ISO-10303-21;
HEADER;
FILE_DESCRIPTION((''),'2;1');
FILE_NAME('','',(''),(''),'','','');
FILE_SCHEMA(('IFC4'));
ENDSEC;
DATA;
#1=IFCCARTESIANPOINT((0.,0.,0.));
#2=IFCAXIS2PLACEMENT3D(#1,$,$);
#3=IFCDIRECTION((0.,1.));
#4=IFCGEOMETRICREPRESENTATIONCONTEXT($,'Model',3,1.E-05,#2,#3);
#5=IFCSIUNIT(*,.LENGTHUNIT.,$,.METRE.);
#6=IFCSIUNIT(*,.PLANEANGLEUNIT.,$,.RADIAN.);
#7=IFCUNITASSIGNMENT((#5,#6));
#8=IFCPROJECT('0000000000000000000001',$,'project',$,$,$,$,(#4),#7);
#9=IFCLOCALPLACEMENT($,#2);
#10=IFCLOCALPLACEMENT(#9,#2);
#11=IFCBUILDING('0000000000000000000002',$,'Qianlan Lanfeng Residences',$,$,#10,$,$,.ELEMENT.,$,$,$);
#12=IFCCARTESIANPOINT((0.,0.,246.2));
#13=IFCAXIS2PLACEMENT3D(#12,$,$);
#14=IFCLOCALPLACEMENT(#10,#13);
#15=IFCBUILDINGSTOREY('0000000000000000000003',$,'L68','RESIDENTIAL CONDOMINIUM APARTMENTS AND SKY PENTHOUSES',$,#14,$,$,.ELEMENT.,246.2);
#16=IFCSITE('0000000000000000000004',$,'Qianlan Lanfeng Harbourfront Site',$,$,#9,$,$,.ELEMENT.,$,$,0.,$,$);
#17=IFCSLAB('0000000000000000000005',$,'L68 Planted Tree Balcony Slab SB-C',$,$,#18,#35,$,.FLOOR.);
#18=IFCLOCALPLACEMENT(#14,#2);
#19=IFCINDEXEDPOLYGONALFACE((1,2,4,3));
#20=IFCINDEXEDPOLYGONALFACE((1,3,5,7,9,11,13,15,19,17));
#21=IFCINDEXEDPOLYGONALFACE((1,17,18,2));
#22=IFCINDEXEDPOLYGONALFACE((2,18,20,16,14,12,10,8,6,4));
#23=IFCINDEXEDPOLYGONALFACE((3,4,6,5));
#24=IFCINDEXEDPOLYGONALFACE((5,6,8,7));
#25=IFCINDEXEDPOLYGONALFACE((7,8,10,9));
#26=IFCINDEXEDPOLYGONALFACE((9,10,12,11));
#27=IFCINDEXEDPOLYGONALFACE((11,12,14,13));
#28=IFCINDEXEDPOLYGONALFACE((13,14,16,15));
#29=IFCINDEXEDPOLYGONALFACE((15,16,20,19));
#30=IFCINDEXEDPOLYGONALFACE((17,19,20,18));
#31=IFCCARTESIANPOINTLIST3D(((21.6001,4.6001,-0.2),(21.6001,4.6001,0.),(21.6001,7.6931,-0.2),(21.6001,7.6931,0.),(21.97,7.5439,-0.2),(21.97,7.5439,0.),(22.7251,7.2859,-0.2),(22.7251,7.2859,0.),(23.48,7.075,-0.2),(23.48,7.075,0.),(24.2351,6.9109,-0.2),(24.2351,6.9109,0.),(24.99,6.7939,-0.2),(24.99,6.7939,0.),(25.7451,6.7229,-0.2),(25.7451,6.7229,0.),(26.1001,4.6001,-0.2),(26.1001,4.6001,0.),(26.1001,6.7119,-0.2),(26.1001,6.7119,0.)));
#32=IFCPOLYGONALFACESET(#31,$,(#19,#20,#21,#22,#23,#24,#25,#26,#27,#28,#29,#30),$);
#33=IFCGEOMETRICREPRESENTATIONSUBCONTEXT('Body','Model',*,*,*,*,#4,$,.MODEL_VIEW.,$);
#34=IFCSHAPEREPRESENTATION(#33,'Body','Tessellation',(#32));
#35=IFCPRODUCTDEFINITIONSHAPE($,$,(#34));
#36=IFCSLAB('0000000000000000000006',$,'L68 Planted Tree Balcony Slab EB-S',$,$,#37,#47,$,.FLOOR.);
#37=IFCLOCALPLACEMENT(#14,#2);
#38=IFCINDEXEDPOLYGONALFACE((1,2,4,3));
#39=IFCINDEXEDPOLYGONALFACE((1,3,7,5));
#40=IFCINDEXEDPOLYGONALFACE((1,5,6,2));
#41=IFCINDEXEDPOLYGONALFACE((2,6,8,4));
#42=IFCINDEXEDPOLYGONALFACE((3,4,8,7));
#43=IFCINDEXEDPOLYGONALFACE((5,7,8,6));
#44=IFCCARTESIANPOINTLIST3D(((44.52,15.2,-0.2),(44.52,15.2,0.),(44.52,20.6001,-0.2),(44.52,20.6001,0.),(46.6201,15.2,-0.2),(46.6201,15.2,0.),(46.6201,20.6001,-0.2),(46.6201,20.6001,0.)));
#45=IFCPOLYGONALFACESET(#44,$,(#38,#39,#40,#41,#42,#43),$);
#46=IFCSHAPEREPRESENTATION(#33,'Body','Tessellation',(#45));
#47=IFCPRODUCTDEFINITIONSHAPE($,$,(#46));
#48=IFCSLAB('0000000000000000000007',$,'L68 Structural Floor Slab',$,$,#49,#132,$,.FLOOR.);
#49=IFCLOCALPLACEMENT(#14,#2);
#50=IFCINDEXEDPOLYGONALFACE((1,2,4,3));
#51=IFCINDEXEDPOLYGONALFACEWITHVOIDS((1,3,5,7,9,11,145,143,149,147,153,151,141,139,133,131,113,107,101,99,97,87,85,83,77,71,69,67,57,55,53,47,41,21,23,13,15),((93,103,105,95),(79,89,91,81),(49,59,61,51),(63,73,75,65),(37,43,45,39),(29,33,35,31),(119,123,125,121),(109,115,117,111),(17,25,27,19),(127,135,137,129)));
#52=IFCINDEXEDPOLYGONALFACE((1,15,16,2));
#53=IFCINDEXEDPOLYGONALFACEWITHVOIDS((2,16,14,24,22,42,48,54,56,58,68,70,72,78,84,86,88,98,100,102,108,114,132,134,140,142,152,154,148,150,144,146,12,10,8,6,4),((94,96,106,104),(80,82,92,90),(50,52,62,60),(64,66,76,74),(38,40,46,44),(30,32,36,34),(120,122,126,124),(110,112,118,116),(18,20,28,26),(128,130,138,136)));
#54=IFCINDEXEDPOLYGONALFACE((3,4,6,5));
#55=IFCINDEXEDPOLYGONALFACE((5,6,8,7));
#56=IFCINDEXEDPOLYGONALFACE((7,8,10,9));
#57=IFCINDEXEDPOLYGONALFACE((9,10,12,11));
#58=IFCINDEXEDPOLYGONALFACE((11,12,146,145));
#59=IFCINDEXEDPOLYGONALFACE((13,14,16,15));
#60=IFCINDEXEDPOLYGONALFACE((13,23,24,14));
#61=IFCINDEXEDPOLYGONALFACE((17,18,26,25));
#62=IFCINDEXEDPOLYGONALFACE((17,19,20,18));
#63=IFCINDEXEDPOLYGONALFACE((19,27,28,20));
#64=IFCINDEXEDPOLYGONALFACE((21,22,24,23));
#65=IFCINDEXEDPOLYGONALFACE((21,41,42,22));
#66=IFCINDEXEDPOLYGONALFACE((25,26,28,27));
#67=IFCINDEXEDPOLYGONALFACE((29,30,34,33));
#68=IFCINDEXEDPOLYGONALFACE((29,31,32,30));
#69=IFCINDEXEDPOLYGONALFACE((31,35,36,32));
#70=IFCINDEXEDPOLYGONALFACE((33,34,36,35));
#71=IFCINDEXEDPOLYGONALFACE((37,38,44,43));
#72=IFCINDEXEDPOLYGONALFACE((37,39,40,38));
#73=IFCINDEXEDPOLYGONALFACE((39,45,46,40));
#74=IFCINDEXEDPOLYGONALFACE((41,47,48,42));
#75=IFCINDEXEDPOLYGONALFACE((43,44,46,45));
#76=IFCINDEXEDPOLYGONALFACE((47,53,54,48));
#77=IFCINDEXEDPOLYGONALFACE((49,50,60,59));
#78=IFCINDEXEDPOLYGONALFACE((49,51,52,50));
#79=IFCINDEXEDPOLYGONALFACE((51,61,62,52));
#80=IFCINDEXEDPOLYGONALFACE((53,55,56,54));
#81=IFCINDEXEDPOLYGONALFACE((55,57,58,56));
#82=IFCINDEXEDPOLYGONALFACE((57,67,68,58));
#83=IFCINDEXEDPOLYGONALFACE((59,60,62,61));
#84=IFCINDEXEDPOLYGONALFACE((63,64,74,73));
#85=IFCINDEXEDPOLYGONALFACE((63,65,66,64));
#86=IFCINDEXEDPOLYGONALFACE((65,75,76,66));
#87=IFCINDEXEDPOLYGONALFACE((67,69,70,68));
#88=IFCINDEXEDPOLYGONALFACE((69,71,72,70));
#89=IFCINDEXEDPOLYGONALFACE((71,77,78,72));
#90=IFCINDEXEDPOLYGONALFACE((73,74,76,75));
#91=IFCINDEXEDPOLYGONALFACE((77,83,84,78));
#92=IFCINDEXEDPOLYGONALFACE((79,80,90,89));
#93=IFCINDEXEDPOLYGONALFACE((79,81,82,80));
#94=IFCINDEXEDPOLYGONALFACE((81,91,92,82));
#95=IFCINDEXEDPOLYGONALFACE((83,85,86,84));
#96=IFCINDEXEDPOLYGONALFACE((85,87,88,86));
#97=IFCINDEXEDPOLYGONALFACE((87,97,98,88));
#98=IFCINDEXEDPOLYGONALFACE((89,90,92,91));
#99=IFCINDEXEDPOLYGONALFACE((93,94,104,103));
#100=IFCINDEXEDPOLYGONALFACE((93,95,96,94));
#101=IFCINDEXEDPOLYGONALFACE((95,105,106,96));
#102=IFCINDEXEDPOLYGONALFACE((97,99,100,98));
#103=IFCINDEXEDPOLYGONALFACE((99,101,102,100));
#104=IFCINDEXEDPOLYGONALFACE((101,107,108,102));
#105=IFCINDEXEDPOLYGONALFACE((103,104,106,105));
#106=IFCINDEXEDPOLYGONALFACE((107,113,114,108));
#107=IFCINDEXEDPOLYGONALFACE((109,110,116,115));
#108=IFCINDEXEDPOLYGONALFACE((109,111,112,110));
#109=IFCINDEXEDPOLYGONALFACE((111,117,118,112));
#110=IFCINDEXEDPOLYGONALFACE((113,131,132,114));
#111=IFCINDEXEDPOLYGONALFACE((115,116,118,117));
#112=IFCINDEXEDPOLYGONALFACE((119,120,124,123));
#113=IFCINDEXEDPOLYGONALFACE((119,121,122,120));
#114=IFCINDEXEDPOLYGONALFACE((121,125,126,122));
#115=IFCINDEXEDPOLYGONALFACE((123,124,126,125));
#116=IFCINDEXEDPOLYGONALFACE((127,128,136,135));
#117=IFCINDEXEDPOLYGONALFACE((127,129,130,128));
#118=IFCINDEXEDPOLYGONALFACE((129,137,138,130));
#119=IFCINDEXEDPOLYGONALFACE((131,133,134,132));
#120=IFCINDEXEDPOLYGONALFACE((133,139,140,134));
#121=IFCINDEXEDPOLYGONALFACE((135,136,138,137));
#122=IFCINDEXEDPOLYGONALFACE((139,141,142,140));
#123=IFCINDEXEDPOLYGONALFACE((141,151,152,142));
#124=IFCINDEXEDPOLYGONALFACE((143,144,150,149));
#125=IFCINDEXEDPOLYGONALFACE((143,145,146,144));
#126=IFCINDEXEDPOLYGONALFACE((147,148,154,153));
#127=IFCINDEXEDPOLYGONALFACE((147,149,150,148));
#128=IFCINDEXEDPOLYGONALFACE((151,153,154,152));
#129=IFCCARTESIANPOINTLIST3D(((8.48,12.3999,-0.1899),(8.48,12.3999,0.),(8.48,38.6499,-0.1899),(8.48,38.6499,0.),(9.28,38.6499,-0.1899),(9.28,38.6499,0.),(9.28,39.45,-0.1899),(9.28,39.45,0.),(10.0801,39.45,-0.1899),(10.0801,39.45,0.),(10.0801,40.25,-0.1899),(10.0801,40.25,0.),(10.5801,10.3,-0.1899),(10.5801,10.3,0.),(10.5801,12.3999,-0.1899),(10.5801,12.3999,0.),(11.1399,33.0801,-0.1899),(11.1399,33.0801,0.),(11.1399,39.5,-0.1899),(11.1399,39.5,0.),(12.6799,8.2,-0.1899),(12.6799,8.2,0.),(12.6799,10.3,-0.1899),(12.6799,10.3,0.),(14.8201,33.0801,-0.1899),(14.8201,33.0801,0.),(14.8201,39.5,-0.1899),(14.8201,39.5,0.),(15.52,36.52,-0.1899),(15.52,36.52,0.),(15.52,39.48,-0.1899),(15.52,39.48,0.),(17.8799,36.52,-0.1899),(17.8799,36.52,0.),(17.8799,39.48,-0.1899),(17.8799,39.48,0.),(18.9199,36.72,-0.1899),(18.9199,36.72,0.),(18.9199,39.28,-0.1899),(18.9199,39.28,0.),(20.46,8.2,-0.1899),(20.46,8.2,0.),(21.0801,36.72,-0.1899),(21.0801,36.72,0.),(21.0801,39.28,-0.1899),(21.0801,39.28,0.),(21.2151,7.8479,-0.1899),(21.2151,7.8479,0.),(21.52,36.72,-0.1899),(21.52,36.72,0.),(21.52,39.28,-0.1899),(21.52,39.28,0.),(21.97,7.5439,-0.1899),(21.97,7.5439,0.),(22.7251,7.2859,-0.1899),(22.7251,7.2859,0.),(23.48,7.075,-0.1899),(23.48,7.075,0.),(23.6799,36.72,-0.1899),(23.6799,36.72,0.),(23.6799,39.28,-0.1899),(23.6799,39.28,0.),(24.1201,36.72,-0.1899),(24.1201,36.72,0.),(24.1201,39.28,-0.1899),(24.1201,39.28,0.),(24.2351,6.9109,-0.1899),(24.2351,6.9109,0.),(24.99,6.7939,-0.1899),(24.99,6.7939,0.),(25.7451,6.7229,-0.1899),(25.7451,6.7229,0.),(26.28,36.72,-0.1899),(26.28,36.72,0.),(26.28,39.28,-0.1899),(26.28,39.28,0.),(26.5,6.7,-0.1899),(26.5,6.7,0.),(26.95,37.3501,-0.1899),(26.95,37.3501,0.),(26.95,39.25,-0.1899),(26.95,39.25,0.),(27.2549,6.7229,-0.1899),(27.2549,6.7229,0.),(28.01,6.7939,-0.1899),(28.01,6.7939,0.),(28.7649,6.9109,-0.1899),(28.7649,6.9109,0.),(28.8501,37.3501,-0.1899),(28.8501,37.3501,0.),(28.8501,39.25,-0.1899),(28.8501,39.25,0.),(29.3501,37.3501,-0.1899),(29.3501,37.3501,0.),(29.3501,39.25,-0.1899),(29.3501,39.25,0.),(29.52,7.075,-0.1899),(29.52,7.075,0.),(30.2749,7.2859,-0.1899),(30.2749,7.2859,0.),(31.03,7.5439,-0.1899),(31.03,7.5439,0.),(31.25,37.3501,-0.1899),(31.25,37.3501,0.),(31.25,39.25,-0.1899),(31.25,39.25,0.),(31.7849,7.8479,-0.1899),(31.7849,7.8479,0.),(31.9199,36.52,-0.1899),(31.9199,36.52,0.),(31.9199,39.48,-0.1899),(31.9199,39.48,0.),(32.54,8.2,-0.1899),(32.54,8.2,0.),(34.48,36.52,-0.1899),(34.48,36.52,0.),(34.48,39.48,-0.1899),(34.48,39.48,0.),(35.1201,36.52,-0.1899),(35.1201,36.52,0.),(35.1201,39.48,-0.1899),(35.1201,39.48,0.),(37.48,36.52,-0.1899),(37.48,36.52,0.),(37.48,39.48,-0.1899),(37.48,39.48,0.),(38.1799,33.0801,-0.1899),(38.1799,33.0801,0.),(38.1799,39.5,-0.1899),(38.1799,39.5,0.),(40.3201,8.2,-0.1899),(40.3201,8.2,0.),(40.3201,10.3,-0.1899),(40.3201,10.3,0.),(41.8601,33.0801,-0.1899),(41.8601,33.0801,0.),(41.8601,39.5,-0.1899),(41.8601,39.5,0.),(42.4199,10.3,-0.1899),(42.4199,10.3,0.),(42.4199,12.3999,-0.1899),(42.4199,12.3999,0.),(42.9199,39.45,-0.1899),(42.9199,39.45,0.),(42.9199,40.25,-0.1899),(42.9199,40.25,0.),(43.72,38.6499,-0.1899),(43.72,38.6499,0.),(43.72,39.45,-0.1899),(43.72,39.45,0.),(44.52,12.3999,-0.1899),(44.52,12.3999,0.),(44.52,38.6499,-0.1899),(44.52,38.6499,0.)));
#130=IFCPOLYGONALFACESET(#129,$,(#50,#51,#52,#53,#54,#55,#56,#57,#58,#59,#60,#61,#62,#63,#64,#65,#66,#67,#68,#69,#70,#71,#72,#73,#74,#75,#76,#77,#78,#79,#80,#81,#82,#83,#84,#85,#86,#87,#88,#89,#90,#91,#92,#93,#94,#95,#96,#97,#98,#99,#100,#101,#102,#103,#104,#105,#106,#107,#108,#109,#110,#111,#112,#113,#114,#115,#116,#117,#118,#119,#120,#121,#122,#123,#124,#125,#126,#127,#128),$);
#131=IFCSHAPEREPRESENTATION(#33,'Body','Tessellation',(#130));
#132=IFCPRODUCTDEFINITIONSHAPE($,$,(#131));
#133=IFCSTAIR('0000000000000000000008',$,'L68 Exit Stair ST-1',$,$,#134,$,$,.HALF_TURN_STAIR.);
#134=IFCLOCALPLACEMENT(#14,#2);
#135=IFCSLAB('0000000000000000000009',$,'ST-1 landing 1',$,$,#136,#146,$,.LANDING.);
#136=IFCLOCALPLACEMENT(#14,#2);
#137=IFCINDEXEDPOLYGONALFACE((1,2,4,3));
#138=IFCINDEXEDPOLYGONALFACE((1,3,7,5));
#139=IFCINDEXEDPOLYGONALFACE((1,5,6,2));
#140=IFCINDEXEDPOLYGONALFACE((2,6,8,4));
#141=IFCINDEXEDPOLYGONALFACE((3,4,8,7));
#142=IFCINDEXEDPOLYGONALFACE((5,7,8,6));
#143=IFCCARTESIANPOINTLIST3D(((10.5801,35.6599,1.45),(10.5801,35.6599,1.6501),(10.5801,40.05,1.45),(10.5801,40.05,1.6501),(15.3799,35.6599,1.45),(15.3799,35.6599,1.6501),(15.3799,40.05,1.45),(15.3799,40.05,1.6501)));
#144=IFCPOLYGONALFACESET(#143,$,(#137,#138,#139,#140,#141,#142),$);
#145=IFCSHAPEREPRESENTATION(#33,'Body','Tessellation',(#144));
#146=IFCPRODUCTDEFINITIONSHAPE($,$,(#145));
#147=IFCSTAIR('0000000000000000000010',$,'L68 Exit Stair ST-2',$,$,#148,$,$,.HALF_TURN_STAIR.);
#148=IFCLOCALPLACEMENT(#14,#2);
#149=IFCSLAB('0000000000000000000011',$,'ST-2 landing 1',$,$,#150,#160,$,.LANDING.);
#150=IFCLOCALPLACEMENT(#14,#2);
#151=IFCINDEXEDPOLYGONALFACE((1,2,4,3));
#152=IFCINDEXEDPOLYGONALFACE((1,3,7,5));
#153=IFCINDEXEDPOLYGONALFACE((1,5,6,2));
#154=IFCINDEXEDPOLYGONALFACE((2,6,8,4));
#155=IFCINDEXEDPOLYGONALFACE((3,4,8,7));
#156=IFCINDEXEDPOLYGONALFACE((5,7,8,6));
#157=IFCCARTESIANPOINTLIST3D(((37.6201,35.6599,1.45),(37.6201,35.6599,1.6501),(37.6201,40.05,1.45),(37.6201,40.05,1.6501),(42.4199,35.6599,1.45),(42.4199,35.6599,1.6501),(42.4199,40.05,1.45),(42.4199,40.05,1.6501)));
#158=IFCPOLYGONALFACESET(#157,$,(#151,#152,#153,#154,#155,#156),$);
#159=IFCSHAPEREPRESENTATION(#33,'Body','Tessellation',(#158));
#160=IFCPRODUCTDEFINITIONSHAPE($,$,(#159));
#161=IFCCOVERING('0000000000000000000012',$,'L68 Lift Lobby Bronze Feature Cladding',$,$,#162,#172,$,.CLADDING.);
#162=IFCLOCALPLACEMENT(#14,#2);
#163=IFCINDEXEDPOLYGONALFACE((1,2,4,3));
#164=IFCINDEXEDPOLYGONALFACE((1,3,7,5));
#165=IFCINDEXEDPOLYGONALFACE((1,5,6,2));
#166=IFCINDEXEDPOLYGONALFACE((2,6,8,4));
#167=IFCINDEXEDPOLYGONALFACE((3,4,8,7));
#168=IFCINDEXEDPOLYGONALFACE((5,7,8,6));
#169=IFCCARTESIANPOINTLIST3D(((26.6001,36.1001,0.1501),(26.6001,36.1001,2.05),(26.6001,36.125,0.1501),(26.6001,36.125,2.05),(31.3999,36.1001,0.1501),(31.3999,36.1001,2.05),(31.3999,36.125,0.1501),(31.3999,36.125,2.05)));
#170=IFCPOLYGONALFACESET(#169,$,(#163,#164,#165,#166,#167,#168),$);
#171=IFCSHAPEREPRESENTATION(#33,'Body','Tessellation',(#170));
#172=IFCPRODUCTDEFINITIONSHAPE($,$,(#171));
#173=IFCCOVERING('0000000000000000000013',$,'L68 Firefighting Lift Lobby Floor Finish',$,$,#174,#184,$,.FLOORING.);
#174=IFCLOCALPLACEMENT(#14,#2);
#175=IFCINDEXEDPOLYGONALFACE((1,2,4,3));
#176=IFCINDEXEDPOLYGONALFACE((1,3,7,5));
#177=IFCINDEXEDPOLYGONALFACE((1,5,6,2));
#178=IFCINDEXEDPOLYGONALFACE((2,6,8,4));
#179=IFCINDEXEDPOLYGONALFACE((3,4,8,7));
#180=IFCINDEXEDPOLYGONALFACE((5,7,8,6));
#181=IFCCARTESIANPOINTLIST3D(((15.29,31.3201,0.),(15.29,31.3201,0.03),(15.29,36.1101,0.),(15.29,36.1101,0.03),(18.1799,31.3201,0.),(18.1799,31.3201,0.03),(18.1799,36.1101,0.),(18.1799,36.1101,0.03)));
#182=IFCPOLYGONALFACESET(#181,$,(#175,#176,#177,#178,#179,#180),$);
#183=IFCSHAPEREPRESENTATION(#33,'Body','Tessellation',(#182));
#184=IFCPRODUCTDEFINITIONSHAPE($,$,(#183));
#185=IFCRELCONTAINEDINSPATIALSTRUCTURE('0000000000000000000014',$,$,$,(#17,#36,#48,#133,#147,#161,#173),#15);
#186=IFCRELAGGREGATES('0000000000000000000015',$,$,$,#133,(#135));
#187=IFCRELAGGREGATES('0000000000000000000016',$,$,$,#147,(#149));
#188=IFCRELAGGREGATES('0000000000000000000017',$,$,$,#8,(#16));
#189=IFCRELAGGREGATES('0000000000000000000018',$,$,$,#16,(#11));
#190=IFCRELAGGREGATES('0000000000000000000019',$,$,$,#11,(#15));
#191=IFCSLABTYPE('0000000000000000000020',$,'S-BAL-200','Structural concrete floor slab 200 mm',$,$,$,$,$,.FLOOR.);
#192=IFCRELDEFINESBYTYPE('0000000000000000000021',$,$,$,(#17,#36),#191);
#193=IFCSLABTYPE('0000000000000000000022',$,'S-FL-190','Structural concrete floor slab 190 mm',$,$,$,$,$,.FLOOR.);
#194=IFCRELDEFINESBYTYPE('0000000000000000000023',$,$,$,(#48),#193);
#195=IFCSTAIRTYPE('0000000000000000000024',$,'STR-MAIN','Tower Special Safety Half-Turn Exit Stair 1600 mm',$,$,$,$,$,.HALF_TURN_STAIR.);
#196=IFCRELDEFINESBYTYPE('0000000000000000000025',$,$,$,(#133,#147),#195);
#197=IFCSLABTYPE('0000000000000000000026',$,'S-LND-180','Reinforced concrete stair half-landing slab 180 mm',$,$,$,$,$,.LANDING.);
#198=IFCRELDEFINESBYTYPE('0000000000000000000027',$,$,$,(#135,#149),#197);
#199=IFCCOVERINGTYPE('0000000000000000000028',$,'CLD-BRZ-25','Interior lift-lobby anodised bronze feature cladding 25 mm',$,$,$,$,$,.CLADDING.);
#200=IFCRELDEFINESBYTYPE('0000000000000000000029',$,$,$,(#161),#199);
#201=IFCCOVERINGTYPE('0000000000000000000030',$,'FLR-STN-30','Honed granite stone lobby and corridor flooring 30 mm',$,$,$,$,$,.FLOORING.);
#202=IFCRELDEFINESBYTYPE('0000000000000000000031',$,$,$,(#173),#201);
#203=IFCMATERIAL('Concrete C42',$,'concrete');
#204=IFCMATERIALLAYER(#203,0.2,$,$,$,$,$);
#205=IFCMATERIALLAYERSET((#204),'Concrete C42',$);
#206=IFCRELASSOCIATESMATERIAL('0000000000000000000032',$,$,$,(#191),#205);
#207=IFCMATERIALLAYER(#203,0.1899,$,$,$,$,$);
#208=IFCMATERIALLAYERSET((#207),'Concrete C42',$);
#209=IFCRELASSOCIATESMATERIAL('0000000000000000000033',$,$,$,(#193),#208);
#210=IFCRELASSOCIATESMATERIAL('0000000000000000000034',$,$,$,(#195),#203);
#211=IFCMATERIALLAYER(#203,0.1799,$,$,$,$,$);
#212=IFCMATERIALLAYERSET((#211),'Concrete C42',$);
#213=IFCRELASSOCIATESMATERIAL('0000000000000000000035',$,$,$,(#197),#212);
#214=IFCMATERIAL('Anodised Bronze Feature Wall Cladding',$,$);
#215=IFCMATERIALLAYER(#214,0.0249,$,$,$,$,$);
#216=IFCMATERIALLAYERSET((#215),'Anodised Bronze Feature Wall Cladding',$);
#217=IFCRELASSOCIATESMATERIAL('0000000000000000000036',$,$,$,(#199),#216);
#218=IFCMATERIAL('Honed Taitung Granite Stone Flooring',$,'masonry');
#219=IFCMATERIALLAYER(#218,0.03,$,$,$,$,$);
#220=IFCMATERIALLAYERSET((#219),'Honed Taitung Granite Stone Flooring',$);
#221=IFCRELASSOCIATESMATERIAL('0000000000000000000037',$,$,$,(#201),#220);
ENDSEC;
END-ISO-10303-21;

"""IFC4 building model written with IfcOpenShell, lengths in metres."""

from ifc_helpers import new_model, si_unit, direction, frame, origin, place, context, subcontext, project, spatial, polyline, outline, extrude, material, layer, layer_set, type_object, element, aggregate, save


model = new_model("IFC4")

# Units and contexts
model_context = context("Model", 3, precision=1e-05, world=origin(), true_north=direction((0.0, 1.0)))
body_context = subcontext(model_context, "Body", "Model", "MODEL_VIEW")
ifc_project = project(units=[si_unit("LENGTHUNIT", "METRE"), si_unit("PLANEANGLEUNIT", "RADIAN")], contexts=[model_context])

# Site, building, storey
site_placement = place(None, origin())
site = spatial("IfcSite", under=ifc_project, at=site_placement, Name="Qianlan Lanfeng Harbourfront Site", CompositionType="ELEMENT", RefElevation=0.0)
building_placement = place(site_placement, origin())
building = spatial("IfcBuilding", under=site, at=building_placement, Name="Qianlan Lanfeng Residences", CompositionType="ELEMENT")
storey_placement = place(building_placement, frame((0.0, 0.0, 246.2)))
storey = spatial("IfcBuildingStorey", under=building, at=storey_placement, Name="L68", Description="RESIDENTIAL CONDOMINIUM APARTMENTS AND SKY PENTHOUSES", CompositionType="ELEMENT", Elevation=246.2)

# Slabs
ifc_material_1 = material(Name="Concrete C42", Category="concrete")
ifc_layer_1 = layer(ifc_material_1, 0.2)
ifc_layer_set_1 = layer_set([ifc_layer_1], Name="Concrete C42")
slab_type_1 = type_object("IfcSlabType", Name="S-BAL-200", Description="Structural concrete floor slab 200 mm", PredefinedType="FLOOR", material=ifc_layer_set_1)
slab_1_placement = place(storey_placement, frame((0.0, 0.0, -0.2)))
element("IfcSlab", 1, at=slab_1_placement, inside=storey, type_object=slab_type_1, Name="L68 Planted Tree Balcony Slab SB-C", PredefinedType="FLOOR", context=body_context, shape_type="SweptSolid", body=[
    extrude(outline(polyline([(26.1001, 6.7119), (25.7451, 6.7229), (24.99, 6.7939), (24.2351, 6.9109), (23.48, 7.075), (22.7251, 7.2859), (21.97, 7.5439), (21.6001, 7.6931), (21.6001, 4.6001), (26.1001, 4.6001), (26.1001, 6.7119)])), origin(), (0.0, 0.0, 1.0), 0.2),
])
slab_2_placement = place(storey_placement, frame((0.0, 0.0, -0.2)))
element("IfcSlab", 2, at=slab_2_placement, inside=storey, type_object=slab_type_1, Name="L68 Planted Tree Balcony Slab EB-S", PredefinedType="FLOOR", context=body_context, shape_type="SweptSolid", body=[
    extrude(outline(polyline([(44.52, 20.6001), (44.52, 15.2), (46.6201, 15.2), (46.6201, 20.6001), (44.52, 20.6001)])), origin(), (0.0, 0.0, 1.0), 0.2),
])
ifc_layer_2 = layer(ifc_material_1, 0.1899)
ifc_layer_set_2 = layer_set([ifc_layer_2], Name="Concrete C42")
slab_type_2 = type_object("IfcSlabType", Name="S-FL-190", Description="Structural concrete floor slab 190 mm", PredefinedType="FLOOR", material=ifc_layer_set_2)
slab_3_placement = place(storey_placement, frame((0.0, 0.0, -0.1899)))
element("IfcSlab", 3, at=slab_3_placement, inside=storey, type_object=slab_type_2, Name="L68 Structural Floor Slab", PredefinedType="FLOOR", context=body_context, shape_type="SweptSolid", body=[
    extrude(outline(polyline([(8.48, 12.3999), (10.5801, 12.3999), (10.5801, 10.3), (12.6799, 10.3), (12.6799, 8.2), (20.46, 8.2), (21.2151, 7.8479), (21.97, 7.5439), (22.7251, 7.2859), (23.48, 7.075), (24.2351, 6.9109), (24.99, 6.7939), (25.7451, 6.7229), (26.5, 6.7), (27.2549, 6.7229), (28.01, 6.7939), (28.7649, 6.9109), (29.52, 7.075), (30.2749, 7.2859), (31.03, 7.5439), (31.7849, 7.8479), (32.54, 8.2), (40.3201, 8.2), (40.3201, 10.3), (42.4199, 10.3), (42.4199, 12.3999), (44.52, 12.3999), (44.52, 38.6499), (43.72, 38.6499), (43.72, 39.45), (42.9199, 39.45), (42.9199, 40.25), (10.0801, 40.25), (10.0801, 39.45), (9.28, 39.45), (9.28, 38.6499), (8.48, 38.6499), (8.48, 12.3999)]), holes=[polyline([(11.1399, 33.0801), (11.1399, 39.5), (14.8201, 39.5), (14.8201, 33.0801), (11.1399, 33.0801)]), polyline([(38.1799, 33.0801), (38.1799, 39.5), (41.8601, 39.5), (41.8601, 33.0801), (38.1799, 33.0801)]), polyline([(15.52, 36.52), (15.52, 39.48), (17.8799, 39.48), (17.8799, 36.52), (15.52, 36.52)]), polyline([(35.1201, 36.52), (35.1201, 39.48), (37.48, 39.48), (37.48, 36.52), (35.1201, 36.52)]), polyline([(31.9199, 36.52), (31.9199, 39.48), (34.48, 39.48), (34.48, 36.52), (31.9199, 36.52)]), polyline([(18.9199, 36.72), (18.9199, 39.28), (21.0801, 39.28), (21.0801, 36.72), (18.9199, 36.72)]), polyline([(21.52, 36.72), (21.52, 39.28), (23.6799, 39.28), (23.6799, 36.72), (21.52, 36.72)]), polyline([(24.1201, 36.72), (24.1201, 39.28), (26.28, 39.28), (26.28, 36.72), (24.1201, 36.72)]), polyline([(26.95, 37.3501), (26.95, 39.25), (28.8501, 39.25), (28.8501, 37.3501), (26.95, 37.3501)]), polyline([(29.3501, 37.3501), (29.3501, 39.25), (31.25, 39.25), (31.25, 37.3501), (29.3501, 37.3501)])]), origin(), (0.0, 0.0, 1.0), 0.1899),
])

# Stairs, slabs
stair_type = type_object("IfcStairType", Name="STR-MAIN", Description="Tower Special Safety Half-Turn Exit Stair 1600 mm", PredefinedType="HALF_TURN_STAIR", material=ifc_material_1)
stair_1_placement = place(storey_placement, origin())
stair_1 = element("IfcStair", 4, at=stair_1_placement, inside=storey, type_object=stair_type, Name="L68 Exit Stair ST-1", PredefinedType="HALF_TURN_STAIR")
ifc_layer_3 = layer(ifc_material_1, 0.1799)
ifc_layer_set_3 = layer_set([ifc_layer_3], Name="Concrete C42")
slab_type_3 = type_object("IfcSlabType", Name="S-LND-180", Description="Reinforced concrete stair half-landing slab 180 mm", PredefinedType="LANDING", material=ifc_layer_set_3)
slab_4_placement = place(storey_placement, frame((0.0, 0.0, 1.45)))
slab_4 = element("IfcSlab", 5, at=slab_4_placement, type_object=slab_type_3, Name="ST-1 landing 1", PredefinedType="LANDING", context=body_context, shape_type="SweptSolid", body=[
    extrude(outline(polyline([(10.5801, 35.6599), (15.3799, 35.6599), (15.3799, 40.05), (10.5801, 40.05), (10.5801, 35.6599)])), origin(), (0.0, 0.0, 1.0), 0.2002),
])
aggregate(stair_1, [slab_4])
stair_2_placement = place(storey_placement, origin())
stair_2 = element("IfcStair", 6, at=stair_2_placement, inside=storey, type_object=stair_type, Name="L68 Exit Stair ST-2", PredefinedType="HALF_TURN_STAIR")
slab_5_placement = place(storey_placement, frame((0.0, 0.0, 1.45)))
slab_5 = element("IfcSlab", 7, at=slab_5_placement, type_object=slab_type_3, Name="ST-2 landing 1", PredefinedType="LANDING", context=body_context, shape_type="SweptSolid", body=[
    extrude(outline(polyline([(37.6201, 35.6599), (42.4199, 35.6599), (42.4199, 40.05), (37.6201, 40.05), (37.6201, 35.6599)])), origin(), (0.0, 0.0, 1.0), 0.2002),
])
aggregate(stair_2, [slab_5])

# Coverings
ifc_material_2 = material(Name="Anodised Bronze Feature Wall Cladding")
ifc_layer_4 = layer(ifc_material_2, 0.0249)
ifc_layer_set_4 = layer_set([ifc_layer_4], Name="Anodised Bronze Feature Wall Cladding")
covering_type_1 = type_object("IfcCoveringType", Name="CLD-BRZ-25", Description="Interior lift-lobby anodised bronze feature cladding 25 mm", PredefinedType="CLADDING", material=ifc_layer_set_4)
covering_1_placement = place(storey_placement, frame((0.0, 0.0, 0.1501)))
element("IfcCovering", 8, at=covering_1_placement, inside=storey, type_object=covering_type_1, Name="L68 Lift Lobby Bronze Feature Cladding", PredefinedType="CLADDING", context=body_context, shape_type="SweptSolid", body=[
    extrude(outline(polyline([(26.6001, 36.1001), (31.3999, 36.1001), (31.3999, 36.125), (26.6001, 36.125), (26.6001, 36.1001)])), origin(), (0.0, 0.0, 1.0), 1.8999),
])
ifc_material_3 = material(Name="Honed Taitung Granite Stone Flooring", Category="masonry")
ifc_layer_5 = layer(ifc_material_3, 0.03)
ifc_layer_set_5 = layer_set([ifc_layer_5], Name="Honed Taitung Granite Stone Flooring")
covering_type_2 = type_object("IfcCoveringType", Name="FLR-STN-30", Description="Honed granite stone lobby and corridor flooring 30 mm", PredefinedType="FLOORING", material=ifc_layer_set_5)
covering_2_placement = place(storey_placement, origin())
element("IfcCovering", 9, at=covering_2_placement, inside=storey, type_object=covering_type_2, Name="L68 Firefighting Lift Lobby Floor Finish", PredefinedType="FLOORING", context=body_context, shape_type="SweptSolid", body=[
    extrude(outline(polyline([(15.29, 31.3201), (18.1799, 31.3201), (18.1799, 36.1101), (15.29, 36.1101), (15.29, 31.3201)])), origin(), (0.0, 0.0, 1.0), 0.03),
])

save(model, "model.ifc")
